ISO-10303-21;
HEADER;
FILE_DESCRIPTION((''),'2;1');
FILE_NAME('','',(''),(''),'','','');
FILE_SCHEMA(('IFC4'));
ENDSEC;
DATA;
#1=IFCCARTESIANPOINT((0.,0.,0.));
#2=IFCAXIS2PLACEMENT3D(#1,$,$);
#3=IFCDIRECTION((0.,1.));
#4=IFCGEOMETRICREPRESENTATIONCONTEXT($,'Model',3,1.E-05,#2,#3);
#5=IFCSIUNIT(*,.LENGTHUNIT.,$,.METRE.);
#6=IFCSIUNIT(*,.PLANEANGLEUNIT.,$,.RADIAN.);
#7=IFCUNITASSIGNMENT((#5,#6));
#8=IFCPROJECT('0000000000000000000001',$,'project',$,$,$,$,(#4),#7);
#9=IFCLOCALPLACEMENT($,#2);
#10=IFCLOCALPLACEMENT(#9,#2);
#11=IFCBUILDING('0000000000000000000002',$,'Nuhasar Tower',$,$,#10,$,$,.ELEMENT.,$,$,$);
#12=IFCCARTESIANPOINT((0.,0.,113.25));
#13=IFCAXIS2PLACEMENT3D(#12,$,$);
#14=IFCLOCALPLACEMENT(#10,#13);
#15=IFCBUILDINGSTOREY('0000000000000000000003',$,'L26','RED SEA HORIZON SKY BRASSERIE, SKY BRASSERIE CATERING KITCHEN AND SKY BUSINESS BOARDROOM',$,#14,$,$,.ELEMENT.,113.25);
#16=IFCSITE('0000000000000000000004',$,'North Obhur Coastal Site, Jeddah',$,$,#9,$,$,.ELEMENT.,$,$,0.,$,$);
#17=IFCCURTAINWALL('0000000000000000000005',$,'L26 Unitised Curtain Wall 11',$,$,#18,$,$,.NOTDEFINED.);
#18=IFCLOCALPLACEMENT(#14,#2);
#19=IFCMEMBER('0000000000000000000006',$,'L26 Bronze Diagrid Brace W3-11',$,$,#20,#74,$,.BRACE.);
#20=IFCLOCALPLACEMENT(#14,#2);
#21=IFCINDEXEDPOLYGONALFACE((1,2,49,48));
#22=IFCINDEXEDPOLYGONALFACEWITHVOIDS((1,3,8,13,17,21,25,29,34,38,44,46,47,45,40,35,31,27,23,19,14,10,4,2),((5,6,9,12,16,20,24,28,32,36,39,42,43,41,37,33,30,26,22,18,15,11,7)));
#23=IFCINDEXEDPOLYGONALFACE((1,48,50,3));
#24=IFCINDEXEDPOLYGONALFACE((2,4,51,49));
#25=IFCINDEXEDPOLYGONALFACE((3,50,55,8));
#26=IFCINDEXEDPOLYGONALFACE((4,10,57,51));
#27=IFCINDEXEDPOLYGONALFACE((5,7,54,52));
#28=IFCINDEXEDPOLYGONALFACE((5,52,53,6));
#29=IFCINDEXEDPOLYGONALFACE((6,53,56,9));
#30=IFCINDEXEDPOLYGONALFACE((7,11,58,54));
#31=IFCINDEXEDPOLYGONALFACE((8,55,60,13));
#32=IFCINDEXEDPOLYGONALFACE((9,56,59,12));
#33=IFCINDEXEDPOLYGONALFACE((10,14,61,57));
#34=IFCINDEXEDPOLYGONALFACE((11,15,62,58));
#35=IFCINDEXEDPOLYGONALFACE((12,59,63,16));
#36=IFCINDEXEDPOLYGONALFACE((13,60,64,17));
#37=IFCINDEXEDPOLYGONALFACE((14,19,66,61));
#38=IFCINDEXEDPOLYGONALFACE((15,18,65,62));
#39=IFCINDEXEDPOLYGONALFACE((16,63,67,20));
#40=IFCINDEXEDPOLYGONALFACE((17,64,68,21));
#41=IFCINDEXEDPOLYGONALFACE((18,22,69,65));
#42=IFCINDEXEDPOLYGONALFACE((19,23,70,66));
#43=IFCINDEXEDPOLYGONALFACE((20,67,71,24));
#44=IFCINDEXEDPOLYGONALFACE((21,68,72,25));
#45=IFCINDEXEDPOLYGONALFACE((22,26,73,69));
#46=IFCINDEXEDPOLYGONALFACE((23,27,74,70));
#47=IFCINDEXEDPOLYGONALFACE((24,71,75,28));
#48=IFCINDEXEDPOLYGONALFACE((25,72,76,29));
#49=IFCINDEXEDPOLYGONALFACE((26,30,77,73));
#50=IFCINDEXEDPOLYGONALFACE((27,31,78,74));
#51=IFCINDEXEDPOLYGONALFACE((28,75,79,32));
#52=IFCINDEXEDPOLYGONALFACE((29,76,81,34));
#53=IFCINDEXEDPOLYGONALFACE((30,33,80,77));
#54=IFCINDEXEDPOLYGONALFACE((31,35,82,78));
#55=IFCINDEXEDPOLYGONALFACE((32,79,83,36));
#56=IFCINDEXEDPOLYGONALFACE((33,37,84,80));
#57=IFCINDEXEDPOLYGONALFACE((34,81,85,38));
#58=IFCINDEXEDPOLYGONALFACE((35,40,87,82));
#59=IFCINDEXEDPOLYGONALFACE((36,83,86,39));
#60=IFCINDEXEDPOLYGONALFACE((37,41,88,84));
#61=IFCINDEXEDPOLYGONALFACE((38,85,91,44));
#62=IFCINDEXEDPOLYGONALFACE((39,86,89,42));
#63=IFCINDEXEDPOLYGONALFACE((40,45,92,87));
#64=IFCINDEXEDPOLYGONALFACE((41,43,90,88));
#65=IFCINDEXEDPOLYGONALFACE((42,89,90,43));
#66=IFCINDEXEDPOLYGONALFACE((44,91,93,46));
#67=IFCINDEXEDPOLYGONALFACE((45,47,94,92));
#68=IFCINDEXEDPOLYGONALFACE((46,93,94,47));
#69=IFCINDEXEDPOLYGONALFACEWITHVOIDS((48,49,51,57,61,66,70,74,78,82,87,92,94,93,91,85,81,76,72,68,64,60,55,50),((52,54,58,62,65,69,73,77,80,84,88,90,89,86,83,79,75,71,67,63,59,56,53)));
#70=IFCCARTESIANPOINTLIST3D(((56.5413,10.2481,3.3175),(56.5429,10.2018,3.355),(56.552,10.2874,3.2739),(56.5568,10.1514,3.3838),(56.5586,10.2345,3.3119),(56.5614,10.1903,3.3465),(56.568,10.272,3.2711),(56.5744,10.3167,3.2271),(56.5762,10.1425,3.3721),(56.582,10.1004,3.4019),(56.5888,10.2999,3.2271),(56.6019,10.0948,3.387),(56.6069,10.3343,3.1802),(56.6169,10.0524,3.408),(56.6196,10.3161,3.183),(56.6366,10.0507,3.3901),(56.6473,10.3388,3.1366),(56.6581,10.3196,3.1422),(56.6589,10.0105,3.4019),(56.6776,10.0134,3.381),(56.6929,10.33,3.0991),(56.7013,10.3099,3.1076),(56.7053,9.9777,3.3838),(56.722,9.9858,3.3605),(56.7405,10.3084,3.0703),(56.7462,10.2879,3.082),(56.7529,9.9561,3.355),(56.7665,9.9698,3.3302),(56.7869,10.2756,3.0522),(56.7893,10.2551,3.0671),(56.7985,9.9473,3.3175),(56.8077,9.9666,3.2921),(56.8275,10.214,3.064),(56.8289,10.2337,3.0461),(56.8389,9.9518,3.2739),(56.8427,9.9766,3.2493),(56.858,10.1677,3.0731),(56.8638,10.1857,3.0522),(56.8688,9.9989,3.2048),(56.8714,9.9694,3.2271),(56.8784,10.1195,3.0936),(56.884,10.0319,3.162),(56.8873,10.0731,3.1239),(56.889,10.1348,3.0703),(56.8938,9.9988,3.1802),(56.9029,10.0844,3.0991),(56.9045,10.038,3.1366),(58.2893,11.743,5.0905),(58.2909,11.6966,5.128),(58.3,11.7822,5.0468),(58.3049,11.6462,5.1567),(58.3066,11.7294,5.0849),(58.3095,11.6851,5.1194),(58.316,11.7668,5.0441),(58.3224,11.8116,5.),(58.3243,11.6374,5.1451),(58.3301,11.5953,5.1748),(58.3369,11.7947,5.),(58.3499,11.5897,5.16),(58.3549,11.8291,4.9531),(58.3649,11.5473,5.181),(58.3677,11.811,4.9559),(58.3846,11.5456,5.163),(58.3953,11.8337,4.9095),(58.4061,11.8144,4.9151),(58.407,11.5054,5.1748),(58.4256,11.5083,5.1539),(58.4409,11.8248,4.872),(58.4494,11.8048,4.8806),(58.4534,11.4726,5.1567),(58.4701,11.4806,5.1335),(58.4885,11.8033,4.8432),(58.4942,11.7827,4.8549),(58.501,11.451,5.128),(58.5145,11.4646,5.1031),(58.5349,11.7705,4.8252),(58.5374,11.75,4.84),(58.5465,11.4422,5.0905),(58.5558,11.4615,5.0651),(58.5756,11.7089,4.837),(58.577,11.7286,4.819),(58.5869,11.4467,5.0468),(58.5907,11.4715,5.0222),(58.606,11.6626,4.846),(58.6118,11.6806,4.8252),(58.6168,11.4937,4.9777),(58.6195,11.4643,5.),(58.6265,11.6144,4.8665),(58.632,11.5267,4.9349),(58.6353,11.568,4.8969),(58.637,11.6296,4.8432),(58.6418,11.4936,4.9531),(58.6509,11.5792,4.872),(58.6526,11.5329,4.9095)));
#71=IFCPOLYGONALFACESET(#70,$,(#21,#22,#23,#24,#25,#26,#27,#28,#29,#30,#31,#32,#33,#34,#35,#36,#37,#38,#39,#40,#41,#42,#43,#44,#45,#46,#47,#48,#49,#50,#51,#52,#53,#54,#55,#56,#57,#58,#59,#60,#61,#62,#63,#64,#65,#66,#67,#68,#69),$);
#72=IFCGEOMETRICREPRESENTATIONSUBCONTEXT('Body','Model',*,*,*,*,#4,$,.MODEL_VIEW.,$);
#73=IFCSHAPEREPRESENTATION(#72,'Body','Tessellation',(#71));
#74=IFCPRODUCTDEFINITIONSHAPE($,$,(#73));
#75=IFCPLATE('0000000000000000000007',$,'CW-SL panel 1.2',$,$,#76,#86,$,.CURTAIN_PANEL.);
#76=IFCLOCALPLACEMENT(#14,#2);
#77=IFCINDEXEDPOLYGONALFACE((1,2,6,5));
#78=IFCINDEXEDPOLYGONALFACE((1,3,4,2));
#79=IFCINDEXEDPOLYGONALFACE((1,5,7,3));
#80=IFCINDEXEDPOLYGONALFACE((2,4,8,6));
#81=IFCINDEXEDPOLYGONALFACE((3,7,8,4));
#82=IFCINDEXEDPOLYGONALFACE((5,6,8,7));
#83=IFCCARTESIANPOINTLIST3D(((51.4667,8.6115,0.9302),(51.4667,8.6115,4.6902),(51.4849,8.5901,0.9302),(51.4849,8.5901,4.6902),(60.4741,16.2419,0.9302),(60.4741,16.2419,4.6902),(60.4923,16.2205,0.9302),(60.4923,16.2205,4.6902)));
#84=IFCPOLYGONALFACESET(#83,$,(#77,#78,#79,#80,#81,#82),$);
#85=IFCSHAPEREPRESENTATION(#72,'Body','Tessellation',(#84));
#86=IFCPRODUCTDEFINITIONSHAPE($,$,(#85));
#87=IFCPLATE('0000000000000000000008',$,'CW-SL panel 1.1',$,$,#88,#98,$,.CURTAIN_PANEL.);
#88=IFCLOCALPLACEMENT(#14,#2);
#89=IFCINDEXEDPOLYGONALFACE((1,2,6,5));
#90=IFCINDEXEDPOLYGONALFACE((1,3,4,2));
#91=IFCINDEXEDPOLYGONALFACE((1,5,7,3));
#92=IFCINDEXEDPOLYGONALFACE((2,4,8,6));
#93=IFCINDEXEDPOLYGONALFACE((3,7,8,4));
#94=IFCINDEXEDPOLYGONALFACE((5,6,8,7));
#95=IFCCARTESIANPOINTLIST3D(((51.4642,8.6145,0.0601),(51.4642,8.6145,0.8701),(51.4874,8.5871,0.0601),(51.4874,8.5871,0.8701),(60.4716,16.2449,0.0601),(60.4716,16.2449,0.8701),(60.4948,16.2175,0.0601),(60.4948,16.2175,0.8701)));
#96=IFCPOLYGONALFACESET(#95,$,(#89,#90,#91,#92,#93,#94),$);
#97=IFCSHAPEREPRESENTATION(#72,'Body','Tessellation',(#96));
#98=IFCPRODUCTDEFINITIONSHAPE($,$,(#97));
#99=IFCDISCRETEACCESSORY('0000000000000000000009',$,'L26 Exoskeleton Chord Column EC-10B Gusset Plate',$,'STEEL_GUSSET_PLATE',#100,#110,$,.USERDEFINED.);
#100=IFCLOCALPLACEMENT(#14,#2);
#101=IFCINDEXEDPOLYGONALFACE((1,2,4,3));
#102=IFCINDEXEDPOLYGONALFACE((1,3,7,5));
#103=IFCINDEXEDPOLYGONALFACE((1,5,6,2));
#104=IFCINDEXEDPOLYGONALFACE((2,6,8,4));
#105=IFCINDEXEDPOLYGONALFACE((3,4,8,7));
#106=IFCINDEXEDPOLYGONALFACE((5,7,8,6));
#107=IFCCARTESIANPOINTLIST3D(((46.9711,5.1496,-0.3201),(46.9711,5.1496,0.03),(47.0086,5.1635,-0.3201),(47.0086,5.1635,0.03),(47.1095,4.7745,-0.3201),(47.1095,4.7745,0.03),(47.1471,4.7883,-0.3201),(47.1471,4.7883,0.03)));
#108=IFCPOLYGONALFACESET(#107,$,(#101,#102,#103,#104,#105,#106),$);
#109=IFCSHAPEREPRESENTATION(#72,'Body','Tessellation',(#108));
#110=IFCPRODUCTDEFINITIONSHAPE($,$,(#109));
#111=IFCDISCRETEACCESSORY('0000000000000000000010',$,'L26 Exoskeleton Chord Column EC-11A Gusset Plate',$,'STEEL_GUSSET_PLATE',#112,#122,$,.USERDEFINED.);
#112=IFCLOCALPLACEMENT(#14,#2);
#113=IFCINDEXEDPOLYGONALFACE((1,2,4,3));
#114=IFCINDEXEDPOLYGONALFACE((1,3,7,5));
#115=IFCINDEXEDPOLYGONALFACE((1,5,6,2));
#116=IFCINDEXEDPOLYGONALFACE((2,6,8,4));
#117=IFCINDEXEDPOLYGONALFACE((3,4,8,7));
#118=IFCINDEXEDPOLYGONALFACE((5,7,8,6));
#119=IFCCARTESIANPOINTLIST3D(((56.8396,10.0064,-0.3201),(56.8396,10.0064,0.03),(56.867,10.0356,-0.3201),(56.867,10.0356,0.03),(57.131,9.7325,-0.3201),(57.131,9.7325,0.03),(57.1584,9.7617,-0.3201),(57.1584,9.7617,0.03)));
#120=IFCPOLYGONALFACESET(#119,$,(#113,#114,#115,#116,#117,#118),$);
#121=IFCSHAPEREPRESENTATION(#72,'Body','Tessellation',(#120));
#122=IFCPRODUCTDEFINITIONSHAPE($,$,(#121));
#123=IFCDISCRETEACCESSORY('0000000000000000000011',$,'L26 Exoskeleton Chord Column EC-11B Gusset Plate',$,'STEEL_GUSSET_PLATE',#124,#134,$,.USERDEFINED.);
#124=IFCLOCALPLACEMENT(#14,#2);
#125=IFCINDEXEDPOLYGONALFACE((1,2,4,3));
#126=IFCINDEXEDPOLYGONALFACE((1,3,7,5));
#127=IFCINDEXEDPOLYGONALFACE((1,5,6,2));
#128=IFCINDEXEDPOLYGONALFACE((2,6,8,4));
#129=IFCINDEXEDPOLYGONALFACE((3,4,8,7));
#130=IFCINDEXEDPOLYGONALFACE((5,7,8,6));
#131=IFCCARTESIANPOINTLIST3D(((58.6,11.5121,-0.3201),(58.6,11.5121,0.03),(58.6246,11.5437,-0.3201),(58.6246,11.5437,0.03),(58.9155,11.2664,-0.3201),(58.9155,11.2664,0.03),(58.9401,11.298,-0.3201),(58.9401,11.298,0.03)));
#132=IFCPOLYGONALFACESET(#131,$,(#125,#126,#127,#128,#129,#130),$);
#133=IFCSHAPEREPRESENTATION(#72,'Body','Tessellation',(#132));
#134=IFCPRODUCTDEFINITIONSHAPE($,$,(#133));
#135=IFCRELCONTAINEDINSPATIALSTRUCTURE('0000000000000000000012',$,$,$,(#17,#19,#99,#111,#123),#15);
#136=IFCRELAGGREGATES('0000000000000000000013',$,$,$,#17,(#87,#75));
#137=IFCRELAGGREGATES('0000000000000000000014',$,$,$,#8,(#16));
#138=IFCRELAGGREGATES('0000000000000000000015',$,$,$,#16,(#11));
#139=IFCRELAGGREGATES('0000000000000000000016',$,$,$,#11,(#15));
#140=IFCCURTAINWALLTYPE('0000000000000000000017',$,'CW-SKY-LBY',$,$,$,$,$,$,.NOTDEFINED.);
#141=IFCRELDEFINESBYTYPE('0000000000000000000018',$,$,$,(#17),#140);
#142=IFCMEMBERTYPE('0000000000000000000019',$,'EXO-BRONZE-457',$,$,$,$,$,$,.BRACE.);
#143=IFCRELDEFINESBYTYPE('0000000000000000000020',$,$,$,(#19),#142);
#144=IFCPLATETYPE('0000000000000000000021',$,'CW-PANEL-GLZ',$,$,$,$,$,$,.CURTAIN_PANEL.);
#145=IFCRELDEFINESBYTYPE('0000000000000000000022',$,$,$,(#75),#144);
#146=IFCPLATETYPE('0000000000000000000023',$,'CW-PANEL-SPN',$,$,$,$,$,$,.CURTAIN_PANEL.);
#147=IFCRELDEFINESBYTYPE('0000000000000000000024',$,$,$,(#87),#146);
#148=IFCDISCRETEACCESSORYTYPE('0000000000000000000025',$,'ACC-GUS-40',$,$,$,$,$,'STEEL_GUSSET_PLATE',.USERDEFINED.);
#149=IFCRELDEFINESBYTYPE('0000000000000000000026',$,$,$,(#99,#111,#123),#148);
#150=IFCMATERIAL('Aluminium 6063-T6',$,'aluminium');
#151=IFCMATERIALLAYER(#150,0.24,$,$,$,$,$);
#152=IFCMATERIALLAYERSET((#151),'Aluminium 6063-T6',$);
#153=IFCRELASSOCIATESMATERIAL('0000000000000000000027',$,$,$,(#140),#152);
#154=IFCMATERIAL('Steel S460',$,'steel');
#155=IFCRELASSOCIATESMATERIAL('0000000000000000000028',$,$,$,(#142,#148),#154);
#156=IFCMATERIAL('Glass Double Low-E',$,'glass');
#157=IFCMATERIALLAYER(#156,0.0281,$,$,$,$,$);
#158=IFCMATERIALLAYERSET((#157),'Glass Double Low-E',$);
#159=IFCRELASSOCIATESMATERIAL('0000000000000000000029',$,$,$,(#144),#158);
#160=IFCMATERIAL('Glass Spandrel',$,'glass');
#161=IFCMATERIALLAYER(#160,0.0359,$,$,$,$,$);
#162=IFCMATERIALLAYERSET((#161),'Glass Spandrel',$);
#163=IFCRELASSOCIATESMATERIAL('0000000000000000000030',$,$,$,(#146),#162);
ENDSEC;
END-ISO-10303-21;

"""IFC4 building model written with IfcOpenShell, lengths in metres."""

from ifc_helpers import new_model, si_unit, direction, frame, origin, origin_2d, place, context, subcontext, project, spatial, rectangle, hollow_circle, extrude, material, layer, layer_set, material_profile, profile_set, type_object, element, aggregate, save


model = new_model("IFC4")

# Units and contexts
model_context = context("Model", 3, precision=1e-05, world=origin(), true_north=direction((0.0, 1.0)))
body_context = subcontext(model_context, "Body", "Model", "MODEL_VIEW")
ifc_project = project(units=[si_unit("LENGTHUNIT", "METRE"), si_unit("PLANEANGLEUNIT", "RADIAN")], contexts=[model_context])

# Site, building, storey
site_placement = place(None, origin())
site = spatial("IfcSite", under=ifc_project, at=site_placement, Name="North Obhur Coastal Site, Jeddah", CompositionType="ELEMENT", RefElevation=0.0)
building_placement = place(site_placement, origin())
building = spatial("IfcBuilding", under=site, at=building_placement, Name="Nuhasar Tower", CompositionType="ELEMENT")
storey_placement = place(building_placement, frame((0.0, 0.0, 113.25)))
storey = spatial("IfcBuildingStorey", under=building, at=storey_placement, Name="L26", Description="RED SEA HORIZON SKY BRASSERIE, SKY BRASSERIE CATERING KITCHEN AND SKY BUSINESS BOARDROOM", CompositionType="ELEMENT", Elevation=113.25)

# Shared definitions
ifc_material_1 = material(Name="Steel S460", Category="steel")

# Shared definitions
ifc_material_2 = material(Name="Aluminium 6063-T6", Category="aluminium")
ifc_layer_1 = layer(ifc_material_2, 0.24)
ifc_layer_set_1 = layer_set([ifc_layer_1], Name="Aluminium 6063-T6")
curtain_wall_type = type_object("IfcCurtainWallType", Name="CW-SKY-LBY", PredefinedType="NOTDEFINED", material=ifc_layer_set_1)

# Curtain wall
curtain_wall_1_placement = place(storey_placement, origin())
curtain_wall_1 = element("IfcCurtainWall", 1, at=curtain_wall_1_placement, inside=storey, type_object=curtain_wall_type, Name="L26 Unitised Curtain Wall 11", PredefinedType="NOTDEFINED")

# Member
ifc_material_profile_1 = material_profile(ifc_material_1, hollow_circle(Radius=0.2285, WallThickness=0.0222, at=origin_2d()), Name="HSS457X22.2")
ifc_profile_set_1 = profile_set([ifc_material_profile_1], Name="Steel S460")
member_type_1 = type_object("IfcMemberType", Name="EXO-BRONZE-457", PredefinedType="BRACE", material=ifc_profile_set_1)
member_1_placement = place(storey_placement, frame((56.7229, 10.1431, 3.2271), z_axis=(0.601929, 0.51475, 0.610504), x_axis=(-0.649926, 0.759998, 0.0)))
element("IfcMember", 2, at=member_1_placement, inside=storey, type_object=member_type_1, Name="L26 Bronze Diagrid Brace W3-11", PredefinedType="BRACE", context=body_context, shape_type="SweptSolid", body=[
    extrude(hollow_circle(Radius=0.2285, WallThickness=0.0222, at=origin_2d()), origin(), (0.0, 0.0, 1.0), 2.9041),
])

# Plates
ifc_material_3 = material(Name="Glass Double Low-E", Category="glass")
ifc_layer_2 = layer(ifc_material_3, 0.0281)
ifc_layer_set_2 = layer_set([ifc_layer_2], Name="Glass Double Low-E")
plate_type_1 = type_object("IfcPlateType", Name="CW-PANEL-GLZ", PredefinedType="CURTAIN_PANEL", material=ifc_layer_set_2)
plate_1_placement = place(storey_placement, frame((55.9795, 12.416, 0.9302), z_axis=(0.0, 0.0, 1.0), x_axis=(0.76302, 0.646374, 0.0)))
plate_1 = element("IfcPlate", 3, at=plate_1_placement, type_object=plate_type_1, Name="CW-SL panel 1.2", PredefinedType="CURTAIN_PANEL", context=body_context, shape_type="SweptSolid", body=[
    extrude(rectangle(XDim=11.8049, YDim=0.0281, at=origin_2d()), origin(), (0.0, 0.0, 1.0), 3.76),
])
ifc_material_4 = material(Name="Glass Spandrel", Category="glass")
ifc_layer_3 = layer(ifc_material_4, 0.0359)
ifc_layer_set_3 = layer_set([ifc_layer_3], Name="Glass Spandrel")
plate_type_2 = type_object("IfcPlateType", Name="CW-PANEL-SPN", PredefinedType="CURTAIN_PANEL", material=ifc_layer_set_3)
plate_2_placement = place(storey_placement, frame((55.9795, 12.416, 0.0601), z_axis=(0.0, 0.0, 1.0), x_axis=(0.76302, 0.646374, 0.0)))
plate_2 = element("IfcPlate", 4, at=plate_2_placement, type_object=plate_type_2, Name="CW-SL panel 1.1", PredefinedType="CURTAIN_PANEL", context=body_context, shape_type="SweptSolid", body=[
    extrude(rectangle(XDim=11.8049, YDim=0.0359, at=origin_2d()), origin(), (0.0, 0.0, 1.0), 0.8101),
])
aggregate(curtain_wall_1, [plate_2, plate_1])

# Discrete accessories
discrete_accessory_type = type_object("IfcDiscreteAccessoryType", Name="ACC-GUS-40", ElementType="STEEL_GUSSET_PLATE", PredefinedType="USERDEFINED", material=ifc_material_1)
for number, where, z_axis, x_axis, name in (
    (5, (47.0591, 4.969, -0.3201), (0.0, 0.0, 1.0), (0.346314, -0.938119, 0.0), "L26 Exoskeleton Chord Column EC-10B Gusset Plate"),
    (6, (56.999, 9.884, -0.3201), (0.0, 0.0, 1.0), (0.728682, -0.684852, 0.0), "L26 Exoskeleton Chord Column EC-11A Gusset Plate"),
    (7, (58.77, 11.405, -0.3201), (0.0, 0.0, 1.0), (0.788998, -0.614395, 0.0), "L26 Exoskeleton Chord Column EC-11B Gusset Plate"),
):
    element("IfcDiscreteAccessory", number, at=place(storey_placement, frame(where, z_axis=z_axis, x_axis=x_axis)), inside=storey, type_object=discrete_accessory_type, Name=name, ObjectType="STEEL_GUSSET_PLATE", PredefinedType="USERDEFINED", context=body_context, shape_type="SweptSolid", body=[
        extrude(rectangle(XDim=0.3999, YDim=0.04, at=origin_2d()), origin(), (0.0, 0.0, 1.0), 0.3501),
    ])

save(model, "model.ifc")
